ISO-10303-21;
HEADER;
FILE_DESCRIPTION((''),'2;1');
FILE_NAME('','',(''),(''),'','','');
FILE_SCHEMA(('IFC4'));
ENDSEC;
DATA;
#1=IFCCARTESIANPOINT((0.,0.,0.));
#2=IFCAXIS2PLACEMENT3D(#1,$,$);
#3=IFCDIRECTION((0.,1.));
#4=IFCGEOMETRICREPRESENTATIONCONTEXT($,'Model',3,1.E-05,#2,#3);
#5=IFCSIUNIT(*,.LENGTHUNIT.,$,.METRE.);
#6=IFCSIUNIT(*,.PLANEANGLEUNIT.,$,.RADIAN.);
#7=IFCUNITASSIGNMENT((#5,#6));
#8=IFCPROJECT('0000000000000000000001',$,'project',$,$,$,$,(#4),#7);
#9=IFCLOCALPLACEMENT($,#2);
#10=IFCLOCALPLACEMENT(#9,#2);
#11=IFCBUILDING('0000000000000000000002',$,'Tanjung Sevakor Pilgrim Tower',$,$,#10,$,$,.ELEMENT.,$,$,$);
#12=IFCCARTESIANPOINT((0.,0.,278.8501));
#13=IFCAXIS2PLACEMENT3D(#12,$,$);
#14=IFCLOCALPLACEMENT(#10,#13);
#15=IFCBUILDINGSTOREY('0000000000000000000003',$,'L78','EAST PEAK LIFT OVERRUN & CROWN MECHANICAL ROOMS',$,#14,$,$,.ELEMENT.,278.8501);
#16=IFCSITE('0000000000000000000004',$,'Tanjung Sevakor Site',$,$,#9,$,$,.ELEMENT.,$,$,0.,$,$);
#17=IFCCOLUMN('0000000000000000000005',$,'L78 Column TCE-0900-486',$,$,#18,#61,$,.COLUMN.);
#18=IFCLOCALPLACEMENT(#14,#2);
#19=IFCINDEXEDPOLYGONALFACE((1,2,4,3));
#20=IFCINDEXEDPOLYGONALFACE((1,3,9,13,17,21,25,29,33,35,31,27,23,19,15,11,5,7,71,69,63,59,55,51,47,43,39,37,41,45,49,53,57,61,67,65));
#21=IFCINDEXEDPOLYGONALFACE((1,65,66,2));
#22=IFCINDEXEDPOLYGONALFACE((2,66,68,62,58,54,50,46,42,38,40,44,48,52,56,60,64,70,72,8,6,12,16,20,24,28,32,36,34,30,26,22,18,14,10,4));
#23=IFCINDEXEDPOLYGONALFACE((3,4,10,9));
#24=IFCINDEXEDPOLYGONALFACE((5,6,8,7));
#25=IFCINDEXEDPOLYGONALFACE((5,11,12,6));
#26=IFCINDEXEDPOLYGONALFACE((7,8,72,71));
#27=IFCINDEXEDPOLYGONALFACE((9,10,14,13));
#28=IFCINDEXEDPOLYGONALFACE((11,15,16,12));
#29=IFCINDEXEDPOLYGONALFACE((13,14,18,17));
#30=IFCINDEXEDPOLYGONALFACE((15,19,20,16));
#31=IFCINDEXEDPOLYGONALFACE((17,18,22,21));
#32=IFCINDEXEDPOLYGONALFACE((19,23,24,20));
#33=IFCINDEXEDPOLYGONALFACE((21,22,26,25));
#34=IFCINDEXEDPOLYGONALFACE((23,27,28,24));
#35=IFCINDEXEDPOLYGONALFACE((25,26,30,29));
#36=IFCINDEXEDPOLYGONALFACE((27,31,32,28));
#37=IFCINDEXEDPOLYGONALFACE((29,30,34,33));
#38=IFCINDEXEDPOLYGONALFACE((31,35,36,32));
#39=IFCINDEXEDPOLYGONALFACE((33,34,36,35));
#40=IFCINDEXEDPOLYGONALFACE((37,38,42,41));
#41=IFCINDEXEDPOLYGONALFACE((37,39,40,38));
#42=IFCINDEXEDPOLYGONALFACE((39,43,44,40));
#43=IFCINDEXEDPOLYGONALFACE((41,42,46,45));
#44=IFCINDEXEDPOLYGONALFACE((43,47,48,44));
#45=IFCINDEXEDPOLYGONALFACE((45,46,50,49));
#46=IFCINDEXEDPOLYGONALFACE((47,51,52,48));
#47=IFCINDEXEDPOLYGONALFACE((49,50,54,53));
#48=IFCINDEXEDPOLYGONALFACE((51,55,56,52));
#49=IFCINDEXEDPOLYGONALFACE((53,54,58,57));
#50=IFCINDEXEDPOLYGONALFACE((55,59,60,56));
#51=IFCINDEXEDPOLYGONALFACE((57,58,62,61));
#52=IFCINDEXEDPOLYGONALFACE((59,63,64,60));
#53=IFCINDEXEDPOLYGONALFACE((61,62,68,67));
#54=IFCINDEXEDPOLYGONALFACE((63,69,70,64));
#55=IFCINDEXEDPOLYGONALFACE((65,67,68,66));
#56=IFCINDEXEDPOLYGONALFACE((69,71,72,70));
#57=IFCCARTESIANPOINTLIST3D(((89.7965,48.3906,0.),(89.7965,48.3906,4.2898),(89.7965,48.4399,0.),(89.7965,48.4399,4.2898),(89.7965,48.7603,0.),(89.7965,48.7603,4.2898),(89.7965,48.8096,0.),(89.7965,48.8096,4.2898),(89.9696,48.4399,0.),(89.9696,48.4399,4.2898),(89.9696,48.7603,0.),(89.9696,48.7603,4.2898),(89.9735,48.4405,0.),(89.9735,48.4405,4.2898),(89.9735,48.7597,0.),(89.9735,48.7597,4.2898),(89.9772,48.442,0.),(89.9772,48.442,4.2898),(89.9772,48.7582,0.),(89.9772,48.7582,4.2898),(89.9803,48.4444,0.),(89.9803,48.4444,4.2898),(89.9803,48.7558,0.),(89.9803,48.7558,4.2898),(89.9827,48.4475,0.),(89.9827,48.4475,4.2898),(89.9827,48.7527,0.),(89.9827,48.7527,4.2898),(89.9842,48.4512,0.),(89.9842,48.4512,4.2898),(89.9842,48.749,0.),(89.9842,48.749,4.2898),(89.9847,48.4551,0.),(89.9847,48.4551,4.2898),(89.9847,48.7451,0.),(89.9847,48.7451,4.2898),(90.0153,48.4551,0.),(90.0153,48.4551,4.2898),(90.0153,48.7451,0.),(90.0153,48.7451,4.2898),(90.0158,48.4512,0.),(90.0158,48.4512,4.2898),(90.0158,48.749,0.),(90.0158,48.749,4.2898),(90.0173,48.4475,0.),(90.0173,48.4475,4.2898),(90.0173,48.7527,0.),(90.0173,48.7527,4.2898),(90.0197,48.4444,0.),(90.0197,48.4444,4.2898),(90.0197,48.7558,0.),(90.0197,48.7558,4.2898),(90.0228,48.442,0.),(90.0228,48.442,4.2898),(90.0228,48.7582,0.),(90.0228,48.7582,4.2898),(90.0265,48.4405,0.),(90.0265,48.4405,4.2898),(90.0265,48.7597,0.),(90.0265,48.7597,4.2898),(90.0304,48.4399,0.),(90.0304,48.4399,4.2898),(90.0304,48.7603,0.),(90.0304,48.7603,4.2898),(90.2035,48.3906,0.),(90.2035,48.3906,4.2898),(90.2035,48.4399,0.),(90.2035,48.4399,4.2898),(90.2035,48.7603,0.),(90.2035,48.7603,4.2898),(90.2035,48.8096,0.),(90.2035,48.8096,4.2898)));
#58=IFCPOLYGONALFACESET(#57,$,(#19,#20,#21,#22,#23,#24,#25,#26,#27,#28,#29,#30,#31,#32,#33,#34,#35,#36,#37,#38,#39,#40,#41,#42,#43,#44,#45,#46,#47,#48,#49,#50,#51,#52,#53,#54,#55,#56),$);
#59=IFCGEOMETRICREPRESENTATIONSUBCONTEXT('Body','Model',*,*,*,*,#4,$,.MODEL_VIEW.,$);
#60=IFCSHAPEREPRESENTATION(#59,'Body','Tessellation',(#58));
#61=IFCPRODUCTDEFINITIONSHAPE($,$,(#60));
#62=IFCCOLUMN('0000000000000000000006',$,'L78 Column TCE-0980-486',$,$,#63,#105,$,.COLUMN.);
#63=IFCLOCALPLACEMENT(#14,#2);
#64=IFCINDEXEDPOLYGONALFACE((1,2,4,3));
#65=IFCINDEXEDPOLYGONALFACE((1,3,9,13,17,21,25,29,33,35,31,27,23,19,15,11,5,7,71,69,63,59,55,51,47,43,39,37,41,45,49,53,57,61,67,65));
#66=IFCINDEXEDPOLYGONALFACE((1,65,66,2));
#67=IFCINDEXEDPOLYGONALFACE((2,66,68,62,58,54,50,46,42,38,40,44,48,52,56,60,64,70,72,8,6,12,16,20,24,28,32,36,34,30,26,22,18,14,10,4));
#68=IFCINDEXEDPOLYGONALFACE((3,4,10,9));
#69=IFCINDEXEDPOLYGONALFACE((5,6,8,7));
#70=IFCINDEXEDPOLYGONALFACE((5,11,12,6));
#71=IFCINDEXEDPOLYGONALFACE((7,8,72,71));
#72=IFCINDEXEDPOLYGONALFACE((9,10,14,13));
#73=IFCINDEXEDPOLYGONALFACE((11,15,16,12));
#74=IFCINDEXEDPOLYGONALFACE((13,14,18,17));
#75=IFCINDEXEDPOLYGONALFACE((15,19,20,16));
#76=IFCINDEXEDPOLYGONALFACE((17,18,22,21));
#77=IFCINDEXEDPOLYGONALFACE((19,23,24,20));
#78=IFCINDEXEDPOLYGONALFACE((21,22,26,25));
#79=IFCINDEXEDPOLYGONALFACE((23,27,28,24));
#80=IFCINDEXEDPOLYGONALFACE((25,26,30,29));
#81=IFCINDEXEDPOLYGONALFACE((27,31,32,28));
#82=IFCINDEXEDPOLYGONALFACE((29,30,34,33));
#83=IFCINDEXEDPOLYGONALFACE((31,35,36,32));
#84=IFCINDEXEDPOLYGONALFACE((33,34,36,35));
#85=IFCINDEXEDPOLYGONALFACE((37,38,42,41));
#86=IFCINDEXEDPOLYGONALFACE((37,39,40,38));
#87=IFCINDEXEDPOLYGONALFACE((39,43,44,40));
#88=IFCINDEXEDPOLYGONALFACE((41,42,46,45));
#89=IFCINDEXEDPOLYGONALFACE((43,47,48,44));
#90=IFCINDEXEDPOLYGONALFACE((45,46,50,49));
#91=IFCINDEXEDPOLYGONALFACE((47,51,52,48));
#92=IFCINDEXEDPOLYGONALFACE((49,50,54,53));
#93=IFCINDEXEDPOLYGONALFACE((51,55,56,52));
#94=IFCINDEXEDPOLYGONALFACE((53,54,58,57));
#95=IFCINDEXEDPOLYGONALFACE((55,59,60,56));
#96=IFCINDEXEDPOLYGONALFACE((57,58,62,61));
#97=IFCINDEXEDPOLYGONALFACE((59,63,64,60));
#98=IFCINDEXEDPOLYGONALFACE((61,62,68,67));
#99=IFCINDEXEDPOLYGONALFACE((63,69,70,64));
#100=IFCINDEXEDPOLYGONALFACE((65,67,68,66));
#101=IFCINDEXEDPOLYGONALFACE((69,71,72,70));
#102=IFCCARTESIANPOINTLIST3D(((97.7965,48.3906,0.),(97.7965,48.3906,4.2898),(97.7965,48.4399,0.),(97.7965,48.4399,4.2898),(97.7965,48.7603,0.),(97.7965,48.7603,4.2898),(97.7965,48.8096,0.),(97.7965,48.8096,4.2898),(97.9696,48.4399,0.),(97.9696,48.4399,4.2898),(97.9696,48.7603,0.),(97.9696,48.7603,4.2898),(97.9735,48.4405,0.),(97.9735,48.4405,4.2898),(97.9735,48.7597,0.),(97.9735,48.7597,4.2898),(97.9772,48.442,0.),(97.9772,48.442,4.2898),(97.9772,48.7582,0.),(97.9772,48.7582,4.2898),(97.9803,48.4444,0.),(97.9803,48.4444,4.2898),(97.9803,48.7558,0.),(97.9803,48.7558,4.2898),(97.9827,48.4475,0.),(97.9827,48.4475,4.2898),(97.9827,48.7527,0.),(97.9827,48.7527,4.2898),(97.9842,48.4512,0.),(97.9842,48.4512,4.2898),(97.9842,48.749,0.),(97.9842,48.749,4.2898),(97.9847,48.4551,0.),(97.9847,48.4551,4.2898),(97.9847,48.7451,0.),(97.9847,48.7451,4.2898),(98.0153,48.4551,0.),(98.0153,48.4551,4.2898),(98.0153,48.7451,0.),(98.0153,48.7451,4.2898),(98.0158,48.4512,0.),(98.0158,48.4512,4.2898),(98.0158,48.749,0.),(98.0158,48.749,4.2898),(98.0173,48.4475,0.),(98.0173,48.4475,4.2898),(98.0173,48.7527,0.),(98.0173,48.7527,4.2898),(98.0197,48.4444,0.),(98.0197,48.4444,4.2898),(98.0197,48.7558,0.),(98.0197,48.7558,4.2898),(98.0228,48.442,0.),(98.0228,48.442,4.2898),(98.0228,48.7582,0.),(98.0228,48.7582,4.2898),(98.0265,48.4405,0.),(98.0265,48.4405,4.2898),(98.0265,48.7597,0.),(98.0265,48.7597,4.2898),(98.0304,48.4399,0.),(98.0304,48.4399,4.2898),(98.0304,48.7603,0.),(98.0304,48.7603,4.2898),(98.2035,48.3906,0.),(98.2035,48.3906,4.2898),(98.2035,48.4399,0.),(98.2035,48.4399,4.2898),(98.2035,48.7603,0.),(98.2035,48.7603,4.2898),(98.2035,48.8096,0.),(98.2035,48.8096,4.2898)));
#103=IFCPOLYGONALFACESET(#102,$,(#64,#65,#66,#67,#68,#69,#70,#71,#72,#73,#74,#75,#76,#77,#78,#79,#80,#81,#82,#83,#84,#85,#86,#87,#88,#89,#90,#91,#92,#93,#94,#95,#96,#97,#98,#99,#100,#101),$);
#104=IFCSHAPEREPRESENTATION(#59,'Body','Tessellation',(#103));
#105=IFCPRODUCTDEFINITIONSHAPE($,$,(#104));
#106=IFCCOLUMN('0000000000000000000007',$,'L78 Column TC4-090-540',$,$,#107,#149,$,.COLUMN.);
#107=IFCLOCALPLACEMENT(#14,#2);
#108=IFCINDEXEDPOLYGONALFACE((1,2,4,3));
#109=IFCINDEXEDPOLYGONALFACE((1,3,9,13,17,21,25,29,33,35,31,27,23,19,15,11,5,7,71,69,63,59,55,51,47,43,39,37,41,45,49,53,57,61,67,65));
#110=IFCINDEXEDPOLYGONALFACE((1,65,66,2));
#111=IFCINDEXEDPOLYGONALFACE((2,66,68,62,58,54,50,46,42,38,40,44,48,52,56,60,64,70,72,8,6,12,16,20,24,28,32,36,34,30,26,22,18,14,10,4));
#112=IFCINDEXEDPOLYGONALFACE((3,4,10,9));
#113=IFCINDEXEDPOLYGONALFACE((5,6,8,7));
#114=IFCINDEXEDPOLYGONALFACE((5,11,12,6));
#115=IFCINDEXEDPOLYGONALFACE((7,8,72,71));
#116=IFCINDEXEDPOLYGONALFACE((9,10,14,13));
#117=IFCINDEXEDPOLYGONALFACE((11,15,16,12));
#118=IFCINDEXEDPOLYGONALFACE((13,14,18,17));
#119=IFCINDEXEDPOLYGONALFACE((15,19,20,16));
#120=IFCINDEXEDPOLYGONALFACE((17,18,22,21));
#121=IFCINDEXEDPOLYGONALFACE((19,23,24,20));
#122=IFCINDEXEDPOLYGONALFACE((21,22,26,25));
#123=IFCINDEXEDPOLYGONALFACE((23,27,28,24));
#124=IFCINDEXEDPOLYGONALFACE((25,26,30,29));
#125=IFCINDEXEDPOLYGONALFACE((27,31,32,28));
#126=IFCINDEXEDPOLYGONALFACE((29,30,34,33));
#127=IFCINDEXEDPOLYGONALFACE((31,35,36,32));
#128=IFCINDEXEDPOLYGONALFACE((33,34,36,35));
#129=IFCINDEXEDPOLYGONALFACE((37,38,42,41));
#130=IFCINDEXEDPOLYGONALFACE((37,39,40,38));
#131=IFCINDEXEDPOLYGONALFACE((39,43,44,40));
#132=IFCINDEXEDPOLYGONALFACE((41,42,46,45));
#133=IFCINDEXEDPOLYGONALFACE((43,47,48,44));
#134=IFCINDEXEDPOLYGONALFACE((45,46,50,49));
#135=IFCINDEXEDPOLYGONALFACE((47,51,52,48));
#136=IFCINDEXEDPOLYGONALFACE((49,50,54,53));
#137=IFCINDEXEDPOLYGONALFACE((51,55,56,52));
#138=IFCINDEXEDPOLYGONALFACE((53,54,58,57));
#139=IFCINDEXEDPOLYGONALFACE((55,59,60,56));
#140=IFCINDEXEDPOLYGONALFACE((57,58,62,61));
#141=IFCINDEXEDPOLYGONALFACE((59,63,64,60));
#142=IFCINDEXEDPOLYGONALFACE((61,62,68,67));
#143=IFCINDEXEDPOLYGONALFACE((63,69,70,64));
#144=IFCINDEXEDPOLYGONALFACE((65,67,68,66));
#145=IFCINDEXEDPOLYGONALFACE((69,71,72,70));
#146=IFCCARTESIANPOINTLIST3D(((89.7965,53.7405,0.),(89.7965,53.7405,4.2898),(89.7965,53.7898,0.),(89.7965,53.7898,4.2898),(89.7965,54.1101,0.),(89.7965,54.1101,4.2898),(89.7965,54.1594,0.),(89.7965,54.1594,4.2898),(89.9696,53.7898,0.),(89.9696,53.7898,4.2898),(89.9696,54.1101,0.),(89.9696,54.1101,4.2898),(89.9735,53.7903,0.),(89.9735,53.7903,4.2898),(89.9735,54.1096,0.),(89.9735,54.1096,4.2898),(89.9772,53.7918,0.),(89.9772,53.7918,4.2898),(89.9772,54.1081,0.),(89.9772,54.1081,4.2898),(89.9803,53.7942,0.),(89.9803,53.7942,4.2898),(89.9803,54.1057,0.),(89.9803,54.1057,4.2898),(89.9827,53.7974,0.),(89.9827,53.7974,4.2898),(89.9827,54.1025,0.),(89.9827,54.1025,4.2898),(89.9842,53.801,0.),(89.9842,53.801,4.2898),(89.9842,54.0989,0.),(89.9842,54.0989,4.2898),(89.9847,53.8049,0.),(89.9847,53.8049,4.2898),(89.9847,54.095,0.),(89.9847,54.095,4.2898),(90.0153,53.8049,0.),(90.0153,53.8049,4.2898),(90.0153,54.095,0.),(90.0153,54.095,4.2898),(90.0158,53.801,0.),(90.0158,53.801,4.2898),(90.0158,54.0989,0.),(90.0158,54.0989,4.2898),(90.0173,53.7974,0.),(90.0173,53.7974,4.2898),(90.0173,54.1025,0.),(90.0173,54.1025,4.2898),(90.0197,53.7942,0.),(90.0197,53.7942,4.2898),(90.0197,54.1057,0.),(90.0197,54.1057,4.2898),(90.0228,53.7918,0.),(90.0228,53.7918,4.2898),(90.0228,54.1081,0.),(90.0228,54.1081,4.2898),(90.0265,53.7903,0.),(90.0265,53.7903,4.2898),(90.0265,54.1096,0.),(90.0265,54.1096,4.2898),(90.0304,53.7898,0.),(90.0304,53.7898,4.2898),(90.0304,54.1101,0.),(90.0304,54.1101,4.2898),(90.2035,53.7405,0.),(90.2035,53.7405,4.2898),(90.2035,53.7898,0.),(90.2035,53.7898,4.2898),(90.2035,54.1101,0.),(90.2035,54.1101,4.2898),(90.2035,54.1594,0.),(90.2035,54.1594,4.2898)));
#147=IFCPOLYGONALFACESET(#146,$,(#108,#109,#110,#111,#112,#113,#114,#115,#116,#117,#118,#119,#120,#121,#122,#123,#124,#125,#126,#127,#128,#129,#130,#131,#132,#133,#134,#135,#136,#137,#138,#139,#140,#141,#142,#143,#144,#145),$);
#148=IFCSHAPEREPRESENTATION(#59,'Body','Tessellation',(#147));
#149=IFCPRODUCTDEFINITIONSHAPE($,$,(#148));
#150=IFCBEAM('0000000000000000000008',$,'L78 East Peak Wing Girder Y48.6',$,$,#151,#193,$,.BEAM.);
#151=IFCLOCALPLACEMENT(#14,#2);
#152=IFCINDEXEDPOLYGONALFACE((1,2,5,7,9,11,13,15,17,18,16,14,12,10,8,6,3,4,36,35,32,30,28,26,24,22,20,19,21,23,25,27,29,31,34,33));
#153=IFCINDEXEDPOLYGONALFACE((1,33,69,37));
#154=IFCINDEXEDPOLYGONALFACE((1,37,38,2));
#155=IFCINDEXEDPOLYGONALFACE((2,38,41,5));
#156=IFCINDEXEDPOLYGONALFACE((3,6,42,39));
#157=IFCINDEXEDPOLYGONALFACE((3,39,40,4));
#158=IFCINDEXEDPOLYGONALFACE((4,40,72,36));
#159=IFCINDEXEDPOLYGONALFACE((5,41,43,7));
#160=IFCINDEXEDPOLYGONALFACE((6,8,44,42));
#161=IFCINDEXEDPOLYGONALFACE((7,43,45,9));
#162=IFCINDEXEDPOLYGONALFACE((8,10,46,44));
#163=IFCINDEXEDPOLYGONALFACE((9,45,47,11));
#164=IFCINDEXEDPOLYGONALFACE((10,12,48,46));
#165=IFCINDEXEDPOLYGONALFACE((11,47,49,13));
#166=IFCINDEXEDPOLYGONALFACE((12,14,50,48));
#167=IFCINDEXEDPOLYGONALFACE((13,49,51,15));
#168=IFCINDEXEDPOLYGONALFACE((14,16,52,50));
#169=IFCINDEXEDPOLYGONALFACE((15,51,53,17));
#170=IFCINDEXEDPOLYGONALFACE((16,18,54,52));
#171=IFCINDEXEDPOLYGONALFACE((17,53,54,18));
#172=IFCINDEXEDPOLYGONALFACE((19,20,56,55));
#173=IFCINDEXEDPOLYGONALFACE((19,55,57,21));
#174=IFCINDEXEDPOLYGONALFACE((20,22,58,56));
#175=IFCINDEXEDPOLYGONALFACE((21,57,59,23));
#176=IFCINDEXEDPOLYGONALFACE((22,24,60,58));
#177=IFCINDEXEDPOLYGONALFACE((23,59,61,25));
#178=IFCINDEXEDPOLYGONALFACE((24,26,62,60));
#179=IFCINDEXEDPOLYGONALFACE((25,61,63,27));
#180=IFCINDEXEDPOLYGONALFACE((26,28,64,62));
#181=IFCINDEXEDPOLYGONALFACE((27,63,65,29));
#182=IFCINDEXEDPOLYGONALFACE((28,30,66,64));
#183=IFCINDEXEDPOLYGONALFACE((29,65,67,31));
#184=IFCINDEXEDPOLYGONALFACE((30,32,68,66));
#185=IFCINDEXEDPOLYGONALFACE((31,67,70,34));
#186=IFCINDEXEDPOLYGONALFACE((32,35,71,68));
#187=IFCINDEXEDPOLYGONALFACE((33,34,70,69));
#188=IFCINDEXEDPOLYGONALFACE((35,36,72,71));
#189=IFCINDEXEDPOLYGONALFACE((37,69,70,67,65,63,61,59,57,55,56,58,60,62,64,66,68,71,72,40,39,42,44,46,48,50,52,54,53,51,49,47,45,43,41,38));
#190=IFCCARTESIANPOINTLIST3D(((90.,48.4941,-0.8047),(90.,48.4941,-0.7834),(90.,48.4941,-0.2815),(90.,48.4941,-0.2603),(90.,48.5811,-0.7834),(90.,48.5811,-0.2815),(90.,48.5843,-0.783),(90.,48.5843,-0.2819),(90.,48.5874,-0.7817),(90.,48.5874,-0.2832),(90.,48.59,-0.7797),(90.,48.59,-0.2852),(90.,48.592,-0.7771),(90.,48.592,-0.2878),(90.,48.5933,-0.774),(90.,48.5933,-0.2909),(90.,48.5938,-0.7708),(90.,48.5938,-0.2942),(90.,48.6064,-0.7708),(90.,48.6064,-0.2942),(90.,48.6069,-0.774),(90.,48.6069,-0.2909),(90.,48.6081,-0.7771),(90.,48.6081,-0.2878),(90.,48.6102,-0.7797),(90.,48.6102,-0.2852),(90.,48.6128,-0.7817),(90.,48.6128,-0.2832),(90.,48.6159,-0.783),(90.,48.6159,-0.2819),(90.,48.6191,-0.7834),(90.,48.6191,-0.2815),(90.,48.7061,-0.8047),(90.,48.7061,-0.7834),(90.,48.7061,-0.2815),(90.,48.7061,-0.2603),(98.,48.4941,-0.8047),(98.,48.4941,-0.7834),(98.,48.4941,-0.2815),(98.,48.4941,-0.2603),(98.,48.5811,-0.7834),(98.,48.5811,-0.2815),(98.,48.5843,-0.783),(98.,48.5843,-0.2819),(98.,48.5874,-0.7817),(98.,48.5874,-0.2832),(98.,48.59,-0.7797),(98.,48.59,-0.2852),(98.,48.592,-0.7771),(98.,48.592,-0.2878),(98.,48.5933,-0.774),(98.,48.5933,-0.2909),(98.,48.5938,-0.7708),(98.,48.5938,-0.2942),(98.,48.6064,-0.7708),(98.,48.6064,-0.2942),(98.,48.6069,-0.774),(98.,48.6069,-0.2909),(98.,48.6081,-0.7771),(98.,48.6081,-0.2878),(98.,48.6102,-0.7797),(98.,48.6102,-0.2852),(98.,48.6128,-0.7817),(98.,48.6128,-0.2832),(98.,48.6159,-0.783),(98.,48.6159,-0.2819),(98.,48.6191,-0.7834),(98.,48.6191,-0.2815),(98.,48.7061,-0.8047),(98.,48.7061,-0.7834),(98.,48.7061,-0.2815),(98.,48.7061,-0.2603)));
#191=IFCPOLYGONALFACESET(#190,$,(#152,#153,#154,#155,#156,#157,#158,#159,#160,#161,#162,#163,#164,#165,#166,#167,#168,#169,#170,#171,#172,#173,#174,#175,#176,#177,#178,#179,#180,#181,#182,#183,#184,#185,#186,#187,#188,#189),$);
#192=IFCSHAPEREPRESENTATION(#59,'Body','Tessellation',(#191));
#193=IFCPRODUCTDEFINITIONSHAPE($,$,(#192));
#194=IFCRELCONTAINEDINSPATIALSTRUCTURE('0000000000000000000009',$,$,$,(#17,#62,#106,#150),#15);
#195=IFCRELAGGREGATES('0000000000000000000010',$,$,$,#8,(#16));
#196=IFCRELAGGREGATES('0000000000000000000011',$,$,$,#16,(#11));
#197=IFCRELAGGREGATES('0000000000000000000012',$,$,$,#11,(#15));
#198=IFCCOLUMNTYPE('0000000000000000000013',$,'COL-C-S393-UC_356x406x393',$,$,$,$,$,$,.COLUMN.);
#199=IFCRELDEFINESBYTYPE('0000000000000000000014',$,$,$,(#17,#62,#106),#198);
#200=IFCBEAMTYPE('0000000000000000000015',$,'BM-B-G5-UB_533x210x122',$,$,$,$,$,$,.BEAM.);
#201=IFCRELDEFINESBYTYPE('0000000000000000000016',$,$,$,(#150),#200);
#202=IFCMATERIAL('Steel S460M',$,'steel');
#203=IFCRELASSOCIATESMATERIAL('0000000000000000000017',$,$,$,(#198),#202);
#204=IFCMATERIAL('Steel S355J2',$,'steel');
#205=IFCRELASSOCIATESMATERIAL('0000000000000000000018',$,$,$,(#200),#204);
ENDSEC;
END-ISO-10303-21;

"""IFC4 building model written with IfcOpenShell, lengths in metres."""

from ifc_helpers import new_model, si_unit, direction, frame, origin, origin_2d, place, context, subcontext, project, spatial, i_section, extrude, material, material_profile, profile_set, type_object, element, save


model = new_model("IFC4")

# Units and contexts
model_context = context("Model", 3, precision=1e-05, world=origin(), true_north=direction((0.0, 1.0)))
body_context = subcontext(model_context, "Body", "Model", "MODEL_VIEW")
ifc_project = project(units=[si_unit("LENGTHUNIT", "METRE"), si_unit("PLANEANGLEUNIT", "RADIAN")], contexts=[model_context])

# Site, building, storey
site_placement = place(None, origin())
site = spatial("IfcSite", under=ifc_project, at=site_placement, Name="Tanjung Sevakor Site", CompositionType="ELEMENT", RefElevation=0.0)
building_placement = place(site_placement, origin())
building = spatial("IfcBuilding", under=site, at=building_placement, Name="Tanjung Sevakor Pilgrim Tower", CompositionType="ELEMENT")
storey_placement = place(building_placement, frame((0.0, 0.0, 278.8501)))
storey = spatial("IfcBuildingStorey", under=building, at=storey_placement, Name="L78", Description="EAST PEAK LIFT OVERRUN & CROWN MECHANICAL ROOMS", CompositionType="ELEMENT", Elevation=278.8501)

# Columns
ifc_material_1 = material(Name="Steel S460M", Category="steel")
ifc_material_profile_1 = material_profile(ifc_material_1, i_section(OverallWidth=0.407, OverallDepth=0.4189, WebThickness=0.0305, FlangeThickness=0.0493, FilletRadius=0.0151, at=origin_2d()))
ifc_profile_set_1 = profile_set([ifc_material_profile_1], Name="Steel S460M")
column_type = type_object("IfcColumnType", Name="COL-C-S393-UC_356x406x393", PredefinedType="COLUMN", material=ifc_profile_set_1)
for number, where, z_axis, x_axis, name in (
    (1, (90.0, 48.6001, 0.0), (0.0, 0.0, 1.0), (1.0, 0.0, 0.0), "L78 Column TCE-0900-486"),
    (2, (98.0, 48.6001, 0.0), (0.0, 0.0, 1.0), (1.0, 0.0, 0.0), "L78 Column TCE-0980-486"),
    (3, (90.0, 53.95, 0.0), (0.0, 0.0, 1.0), (1.0, 0.0, 0.0), "L78 Column TC4-090-540"),
):
    element("IfcColumn", number, at=place(storey_placement, frame(where, z_axis=z_axis, x_axis=x_axis)), inside=storey, type_object=column_type, Name=name, PredefinedType="COLUMN", context=body_context, shape_type="SweptSolid", body=[
        extrude(i_section(OverallWidth=0.407, OverallDepth=0.4189, WebThickness=0.0305, FlangeThickness=0.0493, FilletRadius=0.0151, at=origin_2d()), origin(), (0.0, 0.0, 1.0), 4.2898),
    ])

# Beam
ifc_material_2 = material(Name="Steel S355J2", Category="steel")
ifc_material_profile_2 = material_profile(ifc_material_2, i_section(OverallWidth=0.2119, OverallDepth=0.5444, WebThickness=0.0127, FlangeThickness=0.0212, FilletRadius=0.0127, at=origin_2d()))
ifc_profile_set_2 = profile_set([ifc_material_profile_2], Name="Steel S355J2")
beam_type = type_object("IfcBeamType", Name="BM-B-G5-UB_533x210x122", PredefinedType="BEAM", material=ifc_profile_set_2)
beam_placement = place(storey_placement, frame((90.0, 48.6001, -0.5325), z_axis=(1.0, 0.0, 0.0), x_axis=(0.0, 1.0, 0.0)))
element("IfcBeam", 4, at=beam_placement, inside=storey, type_object=beam_type, Name="L78 East Peak Wing Girder Y48.6", PredefinedType="BEAM", context=body_context, shape_type="SweptSolid", body=[
    extrude(i_section(OverallWidth=0.2119, OverallDepth=0.5444, WebThickness=0.0127, FlangeThickness=0.0212, FilletRadius=0.0127, at=origin_2d()), origin(), (0.0, 0.0, 1.0), 8.0),
])

save(model, "model.ifc")
